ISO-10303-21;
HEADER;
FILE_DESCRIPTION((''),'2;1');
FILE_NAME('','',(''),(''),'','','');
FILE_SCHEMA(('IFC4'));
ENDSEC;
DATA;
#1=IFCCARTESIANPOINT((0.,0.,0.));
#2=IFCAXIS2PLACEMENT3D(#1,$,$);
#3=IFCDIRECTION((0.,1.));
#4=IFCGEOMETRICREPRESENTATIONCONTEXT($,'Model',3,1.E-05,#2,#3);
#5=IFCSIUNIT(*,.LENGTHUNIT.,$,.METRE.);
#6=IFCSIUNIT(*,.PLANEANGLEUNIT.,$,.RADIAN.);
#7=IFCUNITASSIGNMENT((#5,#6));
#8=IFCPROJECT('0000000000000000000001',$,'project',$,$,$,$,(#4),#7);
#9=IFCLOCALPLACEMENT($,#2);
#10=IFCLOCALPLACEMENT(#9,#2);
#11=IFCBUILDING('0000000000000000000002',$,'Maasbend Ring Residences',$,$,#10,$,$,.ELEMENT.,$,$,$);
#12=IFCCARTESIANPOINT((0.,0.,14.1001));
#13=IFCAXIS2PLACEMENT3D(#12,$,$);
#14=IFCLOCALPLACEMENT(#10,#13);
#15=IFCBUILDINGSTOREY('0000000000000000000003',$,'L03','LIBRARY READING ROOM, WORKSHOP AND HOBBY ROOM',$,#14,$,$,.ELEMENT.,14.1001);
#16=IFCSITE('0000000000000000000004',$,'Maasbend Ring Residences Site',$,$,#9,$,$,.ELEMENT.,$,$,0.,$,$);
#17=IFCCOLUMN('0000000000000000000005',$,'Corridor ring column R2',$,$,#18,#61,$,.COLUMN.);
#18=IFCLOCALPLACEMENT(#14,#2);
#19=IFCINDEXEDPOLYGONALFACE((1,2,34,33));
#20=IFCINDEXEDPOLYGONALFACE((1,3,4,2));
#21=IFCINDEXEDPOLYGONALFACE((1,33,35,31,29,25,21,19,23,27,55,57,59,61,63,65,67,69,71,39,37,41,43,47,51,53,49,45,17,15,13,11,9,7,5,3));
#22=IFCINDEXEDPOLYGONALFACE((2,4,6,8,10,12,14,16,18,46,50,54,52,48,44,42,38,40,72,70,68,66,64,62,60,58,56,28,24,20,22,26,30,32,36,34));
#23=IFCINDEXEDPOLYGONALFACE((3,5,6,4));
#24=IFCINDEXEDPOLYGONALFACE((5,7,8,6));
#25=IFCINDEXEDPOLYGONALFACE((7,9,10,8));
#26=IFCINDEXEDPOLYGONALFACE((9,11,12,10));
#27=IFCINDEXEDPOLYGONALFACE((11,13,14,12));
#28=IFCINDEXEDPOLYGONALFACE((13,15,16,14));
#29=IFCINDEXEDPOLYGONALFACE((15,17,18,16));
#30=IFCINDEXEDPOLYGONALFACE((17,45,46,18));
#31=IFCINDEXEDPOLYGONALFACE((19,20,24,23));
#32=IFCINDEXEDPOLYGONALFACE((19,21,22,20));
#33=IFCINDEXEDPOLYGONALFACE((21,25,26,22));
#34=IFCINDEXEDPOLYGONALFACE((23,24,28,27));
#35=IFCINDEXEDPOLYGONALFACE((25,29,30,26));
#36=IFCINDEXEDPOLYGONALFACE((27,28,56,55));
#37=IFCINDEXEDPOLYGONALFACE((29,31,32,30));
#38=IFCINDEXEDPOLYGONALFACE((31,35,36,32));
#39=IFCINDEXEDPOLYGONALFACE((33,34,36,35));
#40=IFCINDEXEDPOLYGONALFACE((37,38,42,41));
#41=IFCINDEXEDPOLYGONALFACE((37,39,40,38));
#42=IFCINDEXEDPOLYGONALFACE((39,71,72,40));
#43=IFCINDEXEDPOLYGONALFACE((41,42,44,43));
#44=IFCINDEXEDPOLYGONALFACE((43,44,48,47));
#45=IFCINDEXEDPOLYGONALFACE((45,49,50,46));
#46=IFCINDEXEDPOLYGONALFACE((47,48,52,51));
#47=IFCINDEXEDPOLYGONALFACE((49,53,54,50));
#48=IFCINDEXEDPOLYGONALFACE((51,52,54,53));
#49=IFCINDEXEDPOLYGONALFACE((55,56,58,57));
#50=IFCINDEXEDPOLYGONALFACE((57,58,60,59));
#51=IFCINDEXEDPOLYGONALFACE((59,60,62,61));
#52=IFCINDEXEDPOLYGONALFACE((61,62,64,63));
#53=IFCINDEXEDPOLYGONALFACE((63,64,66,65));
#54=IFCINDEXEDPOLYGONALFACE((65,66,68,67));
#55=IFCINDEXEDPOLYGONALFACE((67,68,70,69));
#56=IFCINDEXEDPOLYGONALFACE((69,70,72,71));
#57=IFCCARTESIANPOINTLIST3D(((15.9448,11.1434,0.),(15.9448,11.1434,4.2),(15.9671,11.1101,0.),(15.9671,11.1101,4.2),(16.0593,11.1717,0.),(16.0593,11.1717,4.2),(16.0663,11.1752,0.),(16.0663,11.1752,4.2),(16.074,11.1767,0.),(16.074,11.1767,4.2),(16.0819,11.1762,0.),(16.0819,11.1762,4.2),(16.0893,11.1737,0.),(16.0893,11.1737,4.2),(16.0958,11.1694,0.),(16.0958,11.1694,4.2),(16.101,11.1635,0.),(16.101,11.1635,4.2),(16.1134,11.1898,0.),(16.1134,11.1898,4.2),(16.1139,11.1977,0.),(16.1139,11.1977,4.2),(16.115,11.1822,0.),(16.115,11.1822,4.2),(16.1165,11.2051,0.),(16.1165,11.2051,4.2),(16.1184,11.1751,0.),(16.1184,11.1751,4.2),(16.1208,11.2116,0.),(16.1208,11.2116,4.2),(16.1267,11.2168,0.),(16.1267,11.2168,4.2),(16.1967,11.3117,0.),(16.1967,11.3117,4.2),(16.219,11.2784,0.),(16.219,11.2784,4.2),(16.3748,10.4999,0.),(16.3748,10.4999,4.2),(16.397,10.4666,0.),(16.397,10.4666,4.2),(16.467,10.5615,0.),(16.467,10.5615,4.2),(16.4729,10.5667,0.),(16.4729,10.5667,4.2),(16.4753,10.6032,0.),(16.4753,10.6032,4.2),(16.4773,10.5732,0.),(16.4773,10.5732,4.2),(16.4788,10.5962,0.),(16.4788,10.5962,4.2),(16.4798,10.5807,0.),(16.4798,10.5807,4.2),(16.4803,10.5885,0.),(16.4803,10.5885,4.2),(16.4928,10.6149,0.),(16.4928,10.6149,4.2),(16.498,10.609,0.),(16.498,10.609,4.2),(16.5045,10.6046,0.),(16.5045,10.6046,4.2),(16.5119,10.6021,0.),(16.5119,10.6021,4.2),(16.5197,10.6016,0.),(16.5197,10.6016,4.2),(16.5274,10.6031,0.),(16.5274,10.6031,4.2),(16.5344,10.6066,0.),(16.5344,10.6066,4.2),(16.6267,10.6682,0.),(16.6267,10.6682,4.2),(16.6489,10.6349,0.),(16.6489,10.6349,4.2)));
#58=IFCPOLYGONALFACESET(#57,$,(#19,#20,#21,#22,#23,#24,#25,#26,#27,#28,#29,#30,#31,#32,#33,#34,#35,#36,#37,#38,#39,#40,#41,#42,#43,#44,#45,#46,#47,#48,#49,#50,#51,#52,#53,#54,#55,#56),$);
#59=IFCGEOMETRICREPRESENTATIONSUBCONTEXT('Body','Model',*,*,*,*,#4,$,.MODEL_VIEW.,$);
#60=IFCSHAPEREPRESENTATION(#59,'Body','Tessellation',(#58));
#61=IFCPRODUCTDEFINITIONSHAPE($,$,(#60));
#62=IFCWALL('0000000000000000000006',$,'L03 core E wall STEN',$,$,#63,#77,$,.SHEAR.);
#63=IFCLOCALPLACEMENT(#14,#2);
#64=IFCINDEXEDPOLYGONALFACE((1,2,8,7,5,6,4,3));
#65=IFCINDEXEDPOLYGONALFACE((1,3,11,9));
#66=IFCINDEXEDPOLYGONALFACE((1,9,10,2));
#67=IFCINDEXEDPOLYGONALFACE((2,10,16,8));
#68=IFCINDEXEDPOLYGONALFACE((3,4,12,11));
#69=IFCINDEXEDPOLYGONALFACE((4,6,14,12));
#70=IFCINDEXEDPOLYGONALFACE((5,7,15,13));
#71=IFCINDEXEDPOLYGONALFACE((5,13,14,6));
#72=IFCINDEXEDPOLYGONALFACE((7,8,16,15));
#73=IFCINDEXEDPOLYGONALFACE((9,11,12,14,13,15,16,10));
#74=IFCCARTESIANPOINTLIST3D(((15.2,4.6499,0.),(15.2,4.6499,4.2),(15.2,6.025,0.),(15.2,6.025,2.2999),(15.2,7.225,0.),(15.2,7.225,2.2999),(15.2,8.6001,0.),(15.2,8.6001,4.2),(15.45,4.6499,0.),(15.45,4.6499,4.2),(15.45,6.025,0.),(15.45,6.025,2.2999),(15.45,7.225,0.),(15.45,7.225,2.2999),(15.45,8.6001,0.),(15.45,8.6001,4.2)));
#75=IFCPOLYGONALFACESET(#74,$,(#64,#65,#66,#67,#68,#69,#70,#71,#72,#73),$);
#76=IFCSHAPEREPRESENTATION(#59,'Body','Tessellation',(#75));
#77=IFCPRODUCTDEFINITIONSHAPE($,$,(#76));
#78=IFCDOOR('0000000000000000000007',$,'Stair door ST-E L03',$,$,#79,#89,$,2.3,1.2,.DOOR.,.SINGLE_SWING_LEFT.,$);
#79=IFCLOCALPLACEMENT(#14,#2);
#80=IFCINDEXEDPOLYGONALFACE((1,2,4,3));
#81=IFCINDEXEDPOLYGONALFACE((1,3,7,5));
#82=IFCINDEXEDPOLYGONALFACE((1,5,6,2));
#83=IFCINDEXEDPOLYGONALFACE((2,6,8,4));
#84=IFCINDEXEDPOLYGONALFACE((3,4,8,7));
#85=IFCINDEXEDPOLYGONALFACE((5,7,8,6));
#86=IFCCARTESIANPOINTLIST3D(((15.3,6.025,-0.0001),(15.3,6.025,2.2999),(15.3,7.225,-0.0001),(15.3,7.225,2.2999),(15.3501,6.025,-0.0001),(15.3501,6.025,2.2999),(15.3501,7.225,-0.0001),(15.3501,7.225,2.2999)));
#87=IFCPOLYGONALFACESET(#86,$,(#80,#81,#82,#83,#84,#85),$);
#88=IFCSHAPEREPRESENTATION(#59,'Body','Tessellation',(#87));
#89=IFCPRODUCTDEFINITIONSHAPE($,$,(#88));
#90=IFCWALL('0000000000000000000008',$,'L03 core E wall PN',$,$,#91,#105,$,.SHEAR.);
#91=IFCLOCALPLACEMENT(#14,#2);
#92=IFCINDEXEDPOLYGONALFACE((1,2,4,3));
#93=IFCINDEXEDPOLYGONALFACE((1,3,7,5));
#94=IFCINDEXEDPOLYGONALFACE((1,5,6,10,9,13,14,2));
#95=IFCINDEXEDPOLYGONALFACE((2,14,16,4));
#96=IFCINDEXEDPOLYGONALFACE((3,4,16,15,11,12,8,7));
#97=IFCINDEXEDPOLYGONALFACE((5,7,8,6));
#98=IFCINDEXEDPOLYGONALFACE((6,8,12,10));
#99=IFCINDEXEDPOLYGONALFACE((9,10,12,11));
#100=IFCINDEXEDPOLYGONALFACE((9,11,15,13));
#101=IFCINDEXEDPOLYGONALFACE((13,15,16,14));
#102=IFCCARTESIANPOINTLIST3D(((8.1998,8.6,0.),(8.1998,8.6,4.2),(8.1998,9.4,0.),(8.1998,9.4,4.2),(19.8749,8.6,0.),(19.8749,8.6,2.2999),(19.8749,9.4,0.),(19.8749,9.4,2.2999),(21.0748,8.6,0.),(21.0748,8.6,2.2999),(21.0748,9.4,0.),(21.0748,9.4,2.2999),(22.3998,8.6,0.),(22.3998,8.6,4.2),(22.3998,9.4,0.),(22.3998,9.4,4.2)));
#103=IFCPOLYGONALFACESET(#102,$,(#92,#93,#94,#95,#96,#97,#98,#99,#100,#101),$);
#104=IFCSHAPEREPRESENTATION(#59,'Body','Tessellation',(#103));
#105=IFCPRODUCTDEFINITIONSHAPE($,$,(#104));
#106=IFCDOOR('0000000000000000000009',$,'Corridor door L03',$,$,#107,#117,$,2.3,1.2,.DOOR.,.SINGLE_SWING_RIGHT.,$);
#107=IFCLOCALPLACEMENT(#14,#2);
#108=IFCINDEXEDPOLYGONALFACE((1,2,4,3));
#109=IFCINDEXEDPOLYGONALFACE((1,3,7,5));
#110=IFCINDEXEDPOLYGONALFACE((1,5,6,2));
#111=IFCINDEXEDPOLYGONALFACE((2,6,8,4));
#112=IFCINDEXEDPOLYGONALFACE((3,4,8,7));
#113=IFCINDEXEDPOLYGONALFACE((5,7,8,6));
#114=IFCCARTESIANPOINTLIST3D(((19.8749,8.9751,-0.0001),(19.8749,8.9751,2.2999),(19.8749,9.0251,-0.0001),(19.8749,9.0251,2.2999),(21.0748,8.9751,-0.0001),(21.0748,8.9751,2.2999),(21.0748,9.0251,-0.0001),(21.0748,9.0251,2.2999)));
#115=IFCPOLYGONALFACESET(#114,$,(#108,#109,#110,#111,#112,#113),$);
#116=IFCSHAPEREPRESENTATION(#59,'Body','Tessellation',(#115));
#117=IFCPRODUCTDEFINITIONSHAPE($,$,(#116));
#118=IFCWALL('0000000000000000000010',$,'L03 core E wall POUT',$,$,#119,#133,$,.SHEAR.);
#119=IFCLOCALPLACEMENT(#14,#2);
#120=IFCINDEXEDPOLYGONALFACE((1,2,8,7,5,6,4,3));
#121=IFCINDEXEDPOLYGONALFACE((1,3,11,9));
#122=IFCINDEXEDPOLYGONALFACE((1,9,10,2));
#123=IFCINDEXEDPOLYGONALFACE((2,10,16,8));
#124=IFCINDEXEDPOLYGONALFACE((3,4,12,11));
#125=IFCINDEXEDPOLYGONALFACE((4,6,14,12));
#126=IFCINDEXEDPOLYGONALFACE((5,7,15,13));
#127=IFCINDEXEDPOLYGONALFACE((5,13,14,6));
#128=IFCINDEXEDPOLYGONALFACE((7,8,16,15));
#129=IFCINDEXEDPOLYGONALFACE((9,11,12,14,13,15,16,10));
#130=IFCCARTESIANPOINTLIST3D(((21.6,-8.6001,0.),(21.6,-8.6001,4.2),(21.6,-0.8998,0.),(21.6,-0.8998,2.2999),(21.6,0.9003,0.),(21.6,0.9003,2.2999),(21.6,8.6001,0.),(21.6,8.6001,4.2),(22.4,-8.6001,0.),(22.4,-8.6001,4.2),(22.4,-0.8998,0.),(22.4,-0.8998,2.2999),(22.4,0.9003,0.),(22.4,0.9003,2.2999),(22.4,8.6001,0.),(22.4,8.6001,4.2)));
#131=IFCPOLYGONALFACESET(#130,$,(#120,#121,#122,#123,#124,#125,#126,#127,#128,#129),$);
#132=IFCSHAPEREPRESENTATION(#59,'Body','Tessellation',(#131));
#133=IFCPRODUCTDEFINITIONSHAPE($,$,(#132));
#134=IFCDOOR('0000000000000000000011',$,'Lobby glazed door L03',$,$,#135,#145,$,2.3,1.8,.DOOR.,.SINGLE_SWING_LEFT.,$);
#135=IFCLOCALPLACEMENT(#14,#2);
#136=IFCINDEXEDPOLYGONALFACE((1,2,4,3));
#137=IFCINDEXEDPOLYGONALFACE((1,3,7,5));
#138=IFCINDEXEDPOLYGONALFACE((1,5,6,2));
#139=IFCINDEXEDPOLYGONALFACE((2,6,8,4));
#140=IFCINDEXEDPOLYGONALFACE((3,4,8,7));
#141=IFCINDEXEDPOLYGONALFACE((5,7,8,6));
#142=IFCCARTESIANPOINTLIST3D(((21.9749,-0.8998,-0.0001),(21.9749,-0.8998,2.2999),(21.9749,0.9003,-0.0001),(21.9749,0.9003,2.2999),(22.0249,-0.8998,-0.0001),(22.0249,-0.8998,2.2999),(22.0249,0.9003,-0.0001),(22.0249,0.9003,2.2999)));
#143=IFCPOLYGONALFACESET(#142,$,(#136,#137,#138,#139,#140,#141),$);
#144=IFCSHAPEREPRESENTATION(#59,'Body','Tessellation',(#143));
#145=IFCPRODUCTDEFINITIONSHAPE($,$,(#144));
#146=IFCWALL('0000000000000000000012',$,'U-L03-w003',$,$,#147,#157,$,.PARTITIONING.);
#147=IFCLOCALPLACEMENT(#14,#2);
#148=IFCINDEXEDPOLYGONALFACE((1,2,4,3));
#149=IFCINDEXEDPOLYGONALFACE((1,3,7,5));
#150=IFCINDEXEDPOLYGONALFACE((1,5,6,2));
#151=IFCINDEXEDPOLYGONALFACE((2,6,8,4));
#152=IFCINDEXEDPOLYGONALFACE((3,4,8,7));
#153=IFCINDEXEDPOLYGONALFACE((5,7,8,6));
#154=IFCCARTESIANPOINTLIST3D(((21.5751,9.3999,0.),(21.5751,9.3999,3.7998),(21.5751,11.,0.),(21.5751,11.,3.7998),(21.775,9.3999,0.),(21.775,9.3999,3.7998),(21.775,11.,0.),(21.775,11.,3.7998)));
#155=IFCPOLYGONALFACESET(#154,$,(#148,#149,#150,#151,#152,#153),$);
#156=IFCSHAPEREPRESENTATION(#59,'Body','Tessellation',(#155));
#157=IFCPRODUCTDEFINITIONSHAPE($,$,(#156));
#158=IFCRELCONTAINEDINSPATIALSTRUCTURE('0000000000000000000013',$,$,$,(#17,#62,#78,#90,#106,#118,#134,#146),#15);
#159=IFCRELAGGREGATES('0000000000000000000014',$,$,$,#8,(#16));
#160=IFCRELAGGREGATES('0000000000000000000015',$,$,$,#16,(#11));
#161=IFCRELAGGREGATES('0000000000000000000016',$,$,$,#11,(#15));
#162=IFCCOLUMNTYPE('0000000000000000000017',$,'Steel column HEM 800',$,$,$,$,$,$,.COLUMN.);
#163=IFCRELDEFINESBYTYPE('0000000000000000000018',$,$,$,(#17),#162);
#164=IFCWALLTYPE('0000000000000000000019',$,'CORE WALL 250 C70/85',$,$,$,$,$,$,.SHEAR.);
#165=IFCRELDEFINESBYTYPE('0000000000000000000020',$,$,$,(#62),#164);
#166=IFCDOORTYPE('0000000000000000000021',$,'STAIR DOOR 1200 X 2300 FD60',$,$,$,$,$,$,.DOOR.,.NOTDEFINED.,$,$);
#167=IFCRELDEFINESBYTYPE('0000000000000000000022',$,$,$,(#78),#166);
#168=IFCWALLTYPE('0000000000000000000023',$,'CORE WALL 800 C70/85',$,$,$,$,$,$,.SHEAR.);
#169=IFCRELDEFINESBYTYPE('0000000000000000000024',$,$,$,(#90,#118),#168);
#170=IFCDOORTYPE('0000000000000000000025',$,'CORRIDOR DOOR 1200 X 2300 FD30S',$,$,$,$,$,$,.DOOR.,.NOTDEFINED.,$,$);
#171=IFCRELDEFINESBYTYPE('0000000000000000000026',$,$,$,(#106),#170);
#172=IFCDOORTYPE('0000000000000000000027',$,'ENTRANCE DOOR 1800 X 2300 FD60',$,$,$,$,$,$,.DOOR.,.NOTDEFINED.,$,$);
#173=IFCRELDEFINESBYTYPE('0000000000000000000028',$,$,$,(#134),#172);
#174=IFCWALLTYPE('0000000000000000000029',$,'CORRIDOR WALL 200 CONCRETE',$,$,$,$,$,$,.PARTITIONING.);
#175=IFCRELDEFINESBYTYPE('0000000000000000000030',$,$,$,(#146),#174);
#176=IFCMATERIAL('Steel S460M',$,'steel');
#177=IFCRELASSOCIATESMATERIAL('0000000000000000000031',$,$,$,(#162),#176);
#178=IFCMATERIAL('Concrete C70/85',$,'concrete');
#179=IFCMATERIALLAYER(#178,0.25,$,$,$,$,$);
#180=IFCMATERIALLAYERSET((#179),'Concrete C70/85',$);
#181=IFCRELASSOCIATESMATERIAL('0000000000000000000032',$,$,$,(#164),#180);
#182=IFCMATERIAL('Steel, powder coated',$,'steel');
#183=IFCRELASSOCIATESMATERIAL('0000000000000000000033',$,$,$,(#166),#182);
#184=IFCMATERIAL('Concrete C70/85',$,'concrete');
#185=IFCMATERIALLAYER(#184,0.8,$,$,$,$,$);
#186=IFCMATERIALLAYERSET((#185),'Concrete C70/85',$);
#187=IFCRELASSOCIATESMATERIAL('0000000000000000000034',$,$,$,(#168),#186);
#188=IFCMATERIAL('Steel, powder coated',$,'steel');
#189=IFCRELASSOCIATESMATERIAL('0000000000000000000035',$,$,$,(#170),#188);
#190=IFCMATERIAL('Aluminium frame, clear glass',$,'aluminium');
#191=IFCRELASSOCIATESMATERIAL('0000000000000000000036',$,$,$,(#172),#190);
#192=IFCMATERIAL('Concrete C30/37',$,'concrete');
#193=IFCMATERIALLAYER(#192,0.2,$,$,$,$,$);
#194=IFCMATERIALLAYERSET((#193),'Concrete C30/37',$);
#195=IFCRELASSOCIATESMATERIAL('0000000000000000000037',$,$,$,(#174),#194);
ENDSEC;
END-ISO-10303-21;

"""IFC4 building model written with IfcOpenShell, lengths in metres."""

from ifc_helpers import new_model, si_unit, direction, frame, frame_2d, origin, origin_2d, place, context, subcontext, project, spatial, rectangle, i_section, extrude, material, layer, layer_set, material_profile, profile_set, type_object, element, fill, save


model = new_model("IFC4")

# Units and contexts
model_context = context("Model", 3, precision=1e-05, world=origin(), true_north=direction((0.0, 1.0)))
body_context = subcontext(model_context, "Body", "Model", "MODEL_VIEW")
ifc_project = project(units=[si_unit("LENGTHUNIT", "METRE"), si_unit("PLANEANGLEUNIT", "RADIAN")], contexts=[model_context])

# Site, building, storey
site_placement = place(None, origin())
site = spatial("IfcSite", under=ifc_project, at=site_placement, Name="Maasbend Ring Residences Site", CompositionType="ELEMENT", RefElevation=0.0)
building_placement = place(site_placement, origin())
building = spatial("IfcBuilding", under=site, at=building_placement, Name="Maasbend Ring Residences", CompositionType="ELEMENT")
storey_placement = place(building_placement, frame((0.0, 0.0, 14.1001)))
storey = spatial("IfcBuildingStorey", under=building, at=storey_placement, Name="L03", Description="LIBRARY READING ROOM, WORKSHOP AND HOBBY ROOM", CompositionType="ELEMENT", Elevation=14.1001)

# Column
ifc_material_1 = material(Name="Steel S460M", Category="steel")
ifc_material_profile = material_profile(ifc_material_1, i_section(OverallWidth=0.303, OverallDepth=0.814, WebThickness=0.021, FlangeThickness=0.04, FilletRadius=0.03, at=origin_2d()), Name="HEM 800")
ifc_profile_set = profile_set([ifc_material_profile], Name="Steel S460M")
column_type = type_object("IfcColumnType", Name="Steel column HEM 800", PredefinedType="COLUMN", material=ifc_profile_set)
column_placement = place(storey_placement, frame((16.2969, 10.8892, 0.0), z_axis=(0.0, 0.0, 1.0), x_axis=(0.83147, 0.55557, 0.0)))
element("IfcColumn", 1, at=column_placement, inside=storey, type_object=column_type, Name="Corridor ring column R2", PredefinedType="COLUMN", context=body_context, shape_type="SweptSolid", body=[
    extrude(i_section(OverallWidth=0.303, OverallDepth=0.814, WebThickness=0.021, FlangeThickness=0.04, FilletRadius=0.03, at=origin_2d()), origin(), (0.0, 0.0, 1.0), 4.2),
])

# Walls, openings, doors
ifc_material_2 = material(Name="Concrete C70/85", Category="concrete")
ifc_layer_1 = layer(ifc_material_2, 0.25)
ifc_layer_set_1 = layer_set([ifc_layer_1], Name="Concrete C70/85")
wall_type_1 = type_object("IfcWallType", Name="CORE WALL 250 C70/85", PredefinedType="SHEAR", material=ifc_layer_set_1)
wall_1_placement = place(storey_placement, frame((15.325, 4.6499, 0.0), z_axis=(0.0, 0.0, 1.0), x_axis=(0.0, 1.0, 0.0)))
wall_1 = element("IfcWall", 2, at=wall_1_placement, inside=storey, type_object=wall_type_1, Name="L03 core E wall STEN", PredefinedType="SHEAR", context=body_context, shape_type="SweptSolid", body=[
    extrude(rectangle(XDim=3.9502, YDim=0.25, at=frame_2d((1.9751, 0.0))), origin(), (0.0, 0.0, 1.0), 4.2),
])
opening_1_placement = place(wall_1_placement, frame((1.375, 0.0, 0.0)))
opening_1 = element("IfcOpeningElement", 3, at=opening_1_placement, cuts=wall_1, PredefinedType="OPENING", context=body_context, shape_type="SweptSolid", body=[
    extrude(rectangle(XDim=1.2, YDim=2.3, at=frame_2d((0.6001, 1.1499))), frame((0.0, 0.135, 0.0), z_axis=(0.0, -1.0, 0.0), x_axis=(1.0, 0.0, 0.0)), (0.0, 0.0, 1.0), 0.27),
])
ifc_material_3 = material(Name="Steel, powder coated", Category="steel")
door_type_1 = type_object("IfcDoorType", Name="STAIR DOOR 1200 X 2300 FD60", OperationType="NOTDEFINED", PredefinedType="DOOR", material=ifc_material_3)
door_1_placement = place(opening_1_placement, origin())
door_1 = element("IfcDoor", 4, at=door_1_placement, inside=storey, type_object=door_type_1, Name="Stair door ST-E L03", OperationType="SINGLE_SWING_LEFT", OverallHeight=2.3, OverallWidth=1.2, PredefinedType="DOOR", context=body_context, shape_type="SweptSolid", body=[
    extrude(rectangle(XDim=1.2, YDim=2.3, at=frame_2d((0.6001, 1.1499))), frame((0.0, 0.0249, 0.0), z_axis=(0.0, -1.0, 0.0), x_axis=(1.0, 0.0, 0.0)), (0.0, 0.0, 1.0), 0.05),
])
fill(opening_1, door_1)
ifc_material_4 = material(Name="Concrete C70/85", Category="concrete")
ifc_layer_2 = layer(ifc_material_4, 0.8)
ifc_layer_set_2 = layer_set([ifc_layer_2], Name="Concrete C70/85")
wall_type_2 = type_object("IfcWallType", Name="CORE WALL 800 C70/85", PredefinedType="SHEAR", material=ifc_layer_set_2)
wall_2_placement = place(storey_placement, frame((22.3999, 9.0, 0.0), z_axis=(0.0, 0.0, 1.0), x_axis=(-1.0, 0.0, 0.0)))
wall_2 = element("IfcWall", 5, at=wall_2_placement, inside=storey, type_object=wall_type_2, Name="L03 core E wall PN", PredefinedType="SHEAR", context=body_context, shape_type="SweptSolid", body=[
    extrude(rectangle(XDim=14.2, YDim=0.8, at=frame_2d((7.1001, 0.0))), origin(), (0.0, 0.0, 1.0), 4.2),
])
opening_2_placement = place(wall_2_placement, frame((1.325, 0.0, 0.0)))
opening_2 = element("IfcOpeningElement", 6, at=opening_2_placement, cuts=wall_2, PredefinedType="OPENING", context=body_context, shape_type="SweptSolid", body=[
    extrude(rectangle(XDim=1.2, YDim=2.3, at=frame_2d((0.6001, 1.1499))), frame((0.0, 0.4102, 0.0), z_axis=(0.0, -1.0, 0.0), x_axis=(1.0, 0.0, 0.0)), (0.0, 0.0, 1.0), 0.8201),
])
ifc_material_5 = material(Name="Steel, powder coated", Category="steel")
door_type_2 = type_object("IfcDoorType", Name="CORRIDOR DOOR 1200 X 2300 FD30S", OperationType="NOTDEFINED", PredefinedType="DOOR", material=ifc_material_5)
door_2_placement = place(opening_2_placement, origin())
door_2 = element("IfcDoor", 7, at=door_2_placement, inside=storey, type_object=door_type_2, Name="Corridor door L03", OperationType="SINGLE_SWING_RIGHT", OverallHeight=2.3, OverallWidth=1.2, PredefinedType="DOOR", context=body_context, shape_type="SweptSolid", body=[
    extrude(rectangle(XDim=1.2, YDim=2.3, at=frame_2d((0.6001, 1.1499))), frame((0.0, 0.0249, 0.0), z_axis=(0.0, -1.0, 0.0), x_axis=(1.0, 0.0, 0.0)), (0.0, 0.0, 1.0), 0.05),
])
fill(opening_2, door_2)
wall_3_placement = place(storey_placement, frame((22.0, 8.6001, 0.0), z_axis=(0.0, 0.0, 1.0), x_axis=(0.0, -1.0, 0.0)))
wall_3 = element("IfcWall", 8, at=wall_3_placement, inside=storey, type_object=wall_type_2, Name="L03 core E wall POUT", PredefinedType="SHEAR", context=body_context, shape_type="SweptSolid", body=[
    extrude(rectangle(XDim=17.2002, YDim=0.8, at=frame_2d((8.6001, 0.0))), origin(), (0.0, 0.0, 1.0), 4.2),
])
opening_3_placement = place(wall_3_placement, frame((7.7, 0.0, 0.0)))
opening_3 = element("IfcOpeningElement", 9, at=opening_3_placement, cuts=wall_3, PredefinedType="OPENING", context=body_context, shape_type="SweptSolid", body=[
    extrude(rectangle(XDim=1.8, YDim=2.3, at=frame_2d((0.8999, 1.1499))), frame((0.0, 0.4102, 0.0), z_axis=(0.0, -1.0, 0.0), x_axis=(1.0, 0.0, 0.0)), (0.0, 0.0, 1.0), 0.8201),
])
ifc_material_6 = material(Name="Aluminium frame, clear glass", Category="aluminium")
door_type_3 = type_object("IfcDoorType", Name="ENTRANCE DOOR 1800 X 2300 FD60", OperationType="NOTDEFINED", PredefinedType="DOOR", material=ifc_material_6)
door_3_placement = place(opening_3_placement, origin())
door_3 = element("IfcDoor", 10, at=door_3_placement, inside=storey, type_object=door_type_3, Name="Lobby glazed door L03", OperationType="SINGLE_SWING_LEFT", OverallHeight=2.3, OverallWidth=1.8, PredefinedType="DOOR", context=body_context, shape_type="SweptSolid", body=[
    extrude(rectangle(XDim=1.8, YDim=2.3, at=frame_2d((0.8999, 1.1499))), frame((0.0, 0.0249, 0.0), z_axis=(0.0, -1.0, 0.0), x_axis=(1.0, 0.0, 0.0)), (0.0, 0.0, 1.0), 0.05),
])
fill(opening_3, door_3)

# Wall
ifc_material_7 = material(Name="Concrete C30/37", Category="concrete")
ifc_layer_3 = layer(ifc_material_7, 0.2)
ifc_layer_set_3 = layer_set([ifc_layer_3], Name="Concrete C30/37")
wall_type_3 = type_object("IfcWallType", Name="CORRIDOR WALL 200 CONCRETE", PredefinedType="PARTITIONING", material=ifc_layer_set_3)
wall_4_placement = place(storey_placement, frame((21.675, 9.3999, 0.0), z_axis=(0.0, 0.0, 1.0), x_axis=(0.0, 1.0, 0.0)))
element("IfcWall", 11, at=wall_4_placement, inside=storey, type_object=wall_type_3, Name="U-L03-w003", PredefinedType="PARTITIONING", context=body_context, shape_type="SweptSolid", body=[
    extrude(rectangle(XDim=1.6001, YDim=0.2, at=frame_2d((0.8, 0.0))), origin(), (0.0, 0.0, 1.0), 3.7998),
])

save(model, "model.ifc")
